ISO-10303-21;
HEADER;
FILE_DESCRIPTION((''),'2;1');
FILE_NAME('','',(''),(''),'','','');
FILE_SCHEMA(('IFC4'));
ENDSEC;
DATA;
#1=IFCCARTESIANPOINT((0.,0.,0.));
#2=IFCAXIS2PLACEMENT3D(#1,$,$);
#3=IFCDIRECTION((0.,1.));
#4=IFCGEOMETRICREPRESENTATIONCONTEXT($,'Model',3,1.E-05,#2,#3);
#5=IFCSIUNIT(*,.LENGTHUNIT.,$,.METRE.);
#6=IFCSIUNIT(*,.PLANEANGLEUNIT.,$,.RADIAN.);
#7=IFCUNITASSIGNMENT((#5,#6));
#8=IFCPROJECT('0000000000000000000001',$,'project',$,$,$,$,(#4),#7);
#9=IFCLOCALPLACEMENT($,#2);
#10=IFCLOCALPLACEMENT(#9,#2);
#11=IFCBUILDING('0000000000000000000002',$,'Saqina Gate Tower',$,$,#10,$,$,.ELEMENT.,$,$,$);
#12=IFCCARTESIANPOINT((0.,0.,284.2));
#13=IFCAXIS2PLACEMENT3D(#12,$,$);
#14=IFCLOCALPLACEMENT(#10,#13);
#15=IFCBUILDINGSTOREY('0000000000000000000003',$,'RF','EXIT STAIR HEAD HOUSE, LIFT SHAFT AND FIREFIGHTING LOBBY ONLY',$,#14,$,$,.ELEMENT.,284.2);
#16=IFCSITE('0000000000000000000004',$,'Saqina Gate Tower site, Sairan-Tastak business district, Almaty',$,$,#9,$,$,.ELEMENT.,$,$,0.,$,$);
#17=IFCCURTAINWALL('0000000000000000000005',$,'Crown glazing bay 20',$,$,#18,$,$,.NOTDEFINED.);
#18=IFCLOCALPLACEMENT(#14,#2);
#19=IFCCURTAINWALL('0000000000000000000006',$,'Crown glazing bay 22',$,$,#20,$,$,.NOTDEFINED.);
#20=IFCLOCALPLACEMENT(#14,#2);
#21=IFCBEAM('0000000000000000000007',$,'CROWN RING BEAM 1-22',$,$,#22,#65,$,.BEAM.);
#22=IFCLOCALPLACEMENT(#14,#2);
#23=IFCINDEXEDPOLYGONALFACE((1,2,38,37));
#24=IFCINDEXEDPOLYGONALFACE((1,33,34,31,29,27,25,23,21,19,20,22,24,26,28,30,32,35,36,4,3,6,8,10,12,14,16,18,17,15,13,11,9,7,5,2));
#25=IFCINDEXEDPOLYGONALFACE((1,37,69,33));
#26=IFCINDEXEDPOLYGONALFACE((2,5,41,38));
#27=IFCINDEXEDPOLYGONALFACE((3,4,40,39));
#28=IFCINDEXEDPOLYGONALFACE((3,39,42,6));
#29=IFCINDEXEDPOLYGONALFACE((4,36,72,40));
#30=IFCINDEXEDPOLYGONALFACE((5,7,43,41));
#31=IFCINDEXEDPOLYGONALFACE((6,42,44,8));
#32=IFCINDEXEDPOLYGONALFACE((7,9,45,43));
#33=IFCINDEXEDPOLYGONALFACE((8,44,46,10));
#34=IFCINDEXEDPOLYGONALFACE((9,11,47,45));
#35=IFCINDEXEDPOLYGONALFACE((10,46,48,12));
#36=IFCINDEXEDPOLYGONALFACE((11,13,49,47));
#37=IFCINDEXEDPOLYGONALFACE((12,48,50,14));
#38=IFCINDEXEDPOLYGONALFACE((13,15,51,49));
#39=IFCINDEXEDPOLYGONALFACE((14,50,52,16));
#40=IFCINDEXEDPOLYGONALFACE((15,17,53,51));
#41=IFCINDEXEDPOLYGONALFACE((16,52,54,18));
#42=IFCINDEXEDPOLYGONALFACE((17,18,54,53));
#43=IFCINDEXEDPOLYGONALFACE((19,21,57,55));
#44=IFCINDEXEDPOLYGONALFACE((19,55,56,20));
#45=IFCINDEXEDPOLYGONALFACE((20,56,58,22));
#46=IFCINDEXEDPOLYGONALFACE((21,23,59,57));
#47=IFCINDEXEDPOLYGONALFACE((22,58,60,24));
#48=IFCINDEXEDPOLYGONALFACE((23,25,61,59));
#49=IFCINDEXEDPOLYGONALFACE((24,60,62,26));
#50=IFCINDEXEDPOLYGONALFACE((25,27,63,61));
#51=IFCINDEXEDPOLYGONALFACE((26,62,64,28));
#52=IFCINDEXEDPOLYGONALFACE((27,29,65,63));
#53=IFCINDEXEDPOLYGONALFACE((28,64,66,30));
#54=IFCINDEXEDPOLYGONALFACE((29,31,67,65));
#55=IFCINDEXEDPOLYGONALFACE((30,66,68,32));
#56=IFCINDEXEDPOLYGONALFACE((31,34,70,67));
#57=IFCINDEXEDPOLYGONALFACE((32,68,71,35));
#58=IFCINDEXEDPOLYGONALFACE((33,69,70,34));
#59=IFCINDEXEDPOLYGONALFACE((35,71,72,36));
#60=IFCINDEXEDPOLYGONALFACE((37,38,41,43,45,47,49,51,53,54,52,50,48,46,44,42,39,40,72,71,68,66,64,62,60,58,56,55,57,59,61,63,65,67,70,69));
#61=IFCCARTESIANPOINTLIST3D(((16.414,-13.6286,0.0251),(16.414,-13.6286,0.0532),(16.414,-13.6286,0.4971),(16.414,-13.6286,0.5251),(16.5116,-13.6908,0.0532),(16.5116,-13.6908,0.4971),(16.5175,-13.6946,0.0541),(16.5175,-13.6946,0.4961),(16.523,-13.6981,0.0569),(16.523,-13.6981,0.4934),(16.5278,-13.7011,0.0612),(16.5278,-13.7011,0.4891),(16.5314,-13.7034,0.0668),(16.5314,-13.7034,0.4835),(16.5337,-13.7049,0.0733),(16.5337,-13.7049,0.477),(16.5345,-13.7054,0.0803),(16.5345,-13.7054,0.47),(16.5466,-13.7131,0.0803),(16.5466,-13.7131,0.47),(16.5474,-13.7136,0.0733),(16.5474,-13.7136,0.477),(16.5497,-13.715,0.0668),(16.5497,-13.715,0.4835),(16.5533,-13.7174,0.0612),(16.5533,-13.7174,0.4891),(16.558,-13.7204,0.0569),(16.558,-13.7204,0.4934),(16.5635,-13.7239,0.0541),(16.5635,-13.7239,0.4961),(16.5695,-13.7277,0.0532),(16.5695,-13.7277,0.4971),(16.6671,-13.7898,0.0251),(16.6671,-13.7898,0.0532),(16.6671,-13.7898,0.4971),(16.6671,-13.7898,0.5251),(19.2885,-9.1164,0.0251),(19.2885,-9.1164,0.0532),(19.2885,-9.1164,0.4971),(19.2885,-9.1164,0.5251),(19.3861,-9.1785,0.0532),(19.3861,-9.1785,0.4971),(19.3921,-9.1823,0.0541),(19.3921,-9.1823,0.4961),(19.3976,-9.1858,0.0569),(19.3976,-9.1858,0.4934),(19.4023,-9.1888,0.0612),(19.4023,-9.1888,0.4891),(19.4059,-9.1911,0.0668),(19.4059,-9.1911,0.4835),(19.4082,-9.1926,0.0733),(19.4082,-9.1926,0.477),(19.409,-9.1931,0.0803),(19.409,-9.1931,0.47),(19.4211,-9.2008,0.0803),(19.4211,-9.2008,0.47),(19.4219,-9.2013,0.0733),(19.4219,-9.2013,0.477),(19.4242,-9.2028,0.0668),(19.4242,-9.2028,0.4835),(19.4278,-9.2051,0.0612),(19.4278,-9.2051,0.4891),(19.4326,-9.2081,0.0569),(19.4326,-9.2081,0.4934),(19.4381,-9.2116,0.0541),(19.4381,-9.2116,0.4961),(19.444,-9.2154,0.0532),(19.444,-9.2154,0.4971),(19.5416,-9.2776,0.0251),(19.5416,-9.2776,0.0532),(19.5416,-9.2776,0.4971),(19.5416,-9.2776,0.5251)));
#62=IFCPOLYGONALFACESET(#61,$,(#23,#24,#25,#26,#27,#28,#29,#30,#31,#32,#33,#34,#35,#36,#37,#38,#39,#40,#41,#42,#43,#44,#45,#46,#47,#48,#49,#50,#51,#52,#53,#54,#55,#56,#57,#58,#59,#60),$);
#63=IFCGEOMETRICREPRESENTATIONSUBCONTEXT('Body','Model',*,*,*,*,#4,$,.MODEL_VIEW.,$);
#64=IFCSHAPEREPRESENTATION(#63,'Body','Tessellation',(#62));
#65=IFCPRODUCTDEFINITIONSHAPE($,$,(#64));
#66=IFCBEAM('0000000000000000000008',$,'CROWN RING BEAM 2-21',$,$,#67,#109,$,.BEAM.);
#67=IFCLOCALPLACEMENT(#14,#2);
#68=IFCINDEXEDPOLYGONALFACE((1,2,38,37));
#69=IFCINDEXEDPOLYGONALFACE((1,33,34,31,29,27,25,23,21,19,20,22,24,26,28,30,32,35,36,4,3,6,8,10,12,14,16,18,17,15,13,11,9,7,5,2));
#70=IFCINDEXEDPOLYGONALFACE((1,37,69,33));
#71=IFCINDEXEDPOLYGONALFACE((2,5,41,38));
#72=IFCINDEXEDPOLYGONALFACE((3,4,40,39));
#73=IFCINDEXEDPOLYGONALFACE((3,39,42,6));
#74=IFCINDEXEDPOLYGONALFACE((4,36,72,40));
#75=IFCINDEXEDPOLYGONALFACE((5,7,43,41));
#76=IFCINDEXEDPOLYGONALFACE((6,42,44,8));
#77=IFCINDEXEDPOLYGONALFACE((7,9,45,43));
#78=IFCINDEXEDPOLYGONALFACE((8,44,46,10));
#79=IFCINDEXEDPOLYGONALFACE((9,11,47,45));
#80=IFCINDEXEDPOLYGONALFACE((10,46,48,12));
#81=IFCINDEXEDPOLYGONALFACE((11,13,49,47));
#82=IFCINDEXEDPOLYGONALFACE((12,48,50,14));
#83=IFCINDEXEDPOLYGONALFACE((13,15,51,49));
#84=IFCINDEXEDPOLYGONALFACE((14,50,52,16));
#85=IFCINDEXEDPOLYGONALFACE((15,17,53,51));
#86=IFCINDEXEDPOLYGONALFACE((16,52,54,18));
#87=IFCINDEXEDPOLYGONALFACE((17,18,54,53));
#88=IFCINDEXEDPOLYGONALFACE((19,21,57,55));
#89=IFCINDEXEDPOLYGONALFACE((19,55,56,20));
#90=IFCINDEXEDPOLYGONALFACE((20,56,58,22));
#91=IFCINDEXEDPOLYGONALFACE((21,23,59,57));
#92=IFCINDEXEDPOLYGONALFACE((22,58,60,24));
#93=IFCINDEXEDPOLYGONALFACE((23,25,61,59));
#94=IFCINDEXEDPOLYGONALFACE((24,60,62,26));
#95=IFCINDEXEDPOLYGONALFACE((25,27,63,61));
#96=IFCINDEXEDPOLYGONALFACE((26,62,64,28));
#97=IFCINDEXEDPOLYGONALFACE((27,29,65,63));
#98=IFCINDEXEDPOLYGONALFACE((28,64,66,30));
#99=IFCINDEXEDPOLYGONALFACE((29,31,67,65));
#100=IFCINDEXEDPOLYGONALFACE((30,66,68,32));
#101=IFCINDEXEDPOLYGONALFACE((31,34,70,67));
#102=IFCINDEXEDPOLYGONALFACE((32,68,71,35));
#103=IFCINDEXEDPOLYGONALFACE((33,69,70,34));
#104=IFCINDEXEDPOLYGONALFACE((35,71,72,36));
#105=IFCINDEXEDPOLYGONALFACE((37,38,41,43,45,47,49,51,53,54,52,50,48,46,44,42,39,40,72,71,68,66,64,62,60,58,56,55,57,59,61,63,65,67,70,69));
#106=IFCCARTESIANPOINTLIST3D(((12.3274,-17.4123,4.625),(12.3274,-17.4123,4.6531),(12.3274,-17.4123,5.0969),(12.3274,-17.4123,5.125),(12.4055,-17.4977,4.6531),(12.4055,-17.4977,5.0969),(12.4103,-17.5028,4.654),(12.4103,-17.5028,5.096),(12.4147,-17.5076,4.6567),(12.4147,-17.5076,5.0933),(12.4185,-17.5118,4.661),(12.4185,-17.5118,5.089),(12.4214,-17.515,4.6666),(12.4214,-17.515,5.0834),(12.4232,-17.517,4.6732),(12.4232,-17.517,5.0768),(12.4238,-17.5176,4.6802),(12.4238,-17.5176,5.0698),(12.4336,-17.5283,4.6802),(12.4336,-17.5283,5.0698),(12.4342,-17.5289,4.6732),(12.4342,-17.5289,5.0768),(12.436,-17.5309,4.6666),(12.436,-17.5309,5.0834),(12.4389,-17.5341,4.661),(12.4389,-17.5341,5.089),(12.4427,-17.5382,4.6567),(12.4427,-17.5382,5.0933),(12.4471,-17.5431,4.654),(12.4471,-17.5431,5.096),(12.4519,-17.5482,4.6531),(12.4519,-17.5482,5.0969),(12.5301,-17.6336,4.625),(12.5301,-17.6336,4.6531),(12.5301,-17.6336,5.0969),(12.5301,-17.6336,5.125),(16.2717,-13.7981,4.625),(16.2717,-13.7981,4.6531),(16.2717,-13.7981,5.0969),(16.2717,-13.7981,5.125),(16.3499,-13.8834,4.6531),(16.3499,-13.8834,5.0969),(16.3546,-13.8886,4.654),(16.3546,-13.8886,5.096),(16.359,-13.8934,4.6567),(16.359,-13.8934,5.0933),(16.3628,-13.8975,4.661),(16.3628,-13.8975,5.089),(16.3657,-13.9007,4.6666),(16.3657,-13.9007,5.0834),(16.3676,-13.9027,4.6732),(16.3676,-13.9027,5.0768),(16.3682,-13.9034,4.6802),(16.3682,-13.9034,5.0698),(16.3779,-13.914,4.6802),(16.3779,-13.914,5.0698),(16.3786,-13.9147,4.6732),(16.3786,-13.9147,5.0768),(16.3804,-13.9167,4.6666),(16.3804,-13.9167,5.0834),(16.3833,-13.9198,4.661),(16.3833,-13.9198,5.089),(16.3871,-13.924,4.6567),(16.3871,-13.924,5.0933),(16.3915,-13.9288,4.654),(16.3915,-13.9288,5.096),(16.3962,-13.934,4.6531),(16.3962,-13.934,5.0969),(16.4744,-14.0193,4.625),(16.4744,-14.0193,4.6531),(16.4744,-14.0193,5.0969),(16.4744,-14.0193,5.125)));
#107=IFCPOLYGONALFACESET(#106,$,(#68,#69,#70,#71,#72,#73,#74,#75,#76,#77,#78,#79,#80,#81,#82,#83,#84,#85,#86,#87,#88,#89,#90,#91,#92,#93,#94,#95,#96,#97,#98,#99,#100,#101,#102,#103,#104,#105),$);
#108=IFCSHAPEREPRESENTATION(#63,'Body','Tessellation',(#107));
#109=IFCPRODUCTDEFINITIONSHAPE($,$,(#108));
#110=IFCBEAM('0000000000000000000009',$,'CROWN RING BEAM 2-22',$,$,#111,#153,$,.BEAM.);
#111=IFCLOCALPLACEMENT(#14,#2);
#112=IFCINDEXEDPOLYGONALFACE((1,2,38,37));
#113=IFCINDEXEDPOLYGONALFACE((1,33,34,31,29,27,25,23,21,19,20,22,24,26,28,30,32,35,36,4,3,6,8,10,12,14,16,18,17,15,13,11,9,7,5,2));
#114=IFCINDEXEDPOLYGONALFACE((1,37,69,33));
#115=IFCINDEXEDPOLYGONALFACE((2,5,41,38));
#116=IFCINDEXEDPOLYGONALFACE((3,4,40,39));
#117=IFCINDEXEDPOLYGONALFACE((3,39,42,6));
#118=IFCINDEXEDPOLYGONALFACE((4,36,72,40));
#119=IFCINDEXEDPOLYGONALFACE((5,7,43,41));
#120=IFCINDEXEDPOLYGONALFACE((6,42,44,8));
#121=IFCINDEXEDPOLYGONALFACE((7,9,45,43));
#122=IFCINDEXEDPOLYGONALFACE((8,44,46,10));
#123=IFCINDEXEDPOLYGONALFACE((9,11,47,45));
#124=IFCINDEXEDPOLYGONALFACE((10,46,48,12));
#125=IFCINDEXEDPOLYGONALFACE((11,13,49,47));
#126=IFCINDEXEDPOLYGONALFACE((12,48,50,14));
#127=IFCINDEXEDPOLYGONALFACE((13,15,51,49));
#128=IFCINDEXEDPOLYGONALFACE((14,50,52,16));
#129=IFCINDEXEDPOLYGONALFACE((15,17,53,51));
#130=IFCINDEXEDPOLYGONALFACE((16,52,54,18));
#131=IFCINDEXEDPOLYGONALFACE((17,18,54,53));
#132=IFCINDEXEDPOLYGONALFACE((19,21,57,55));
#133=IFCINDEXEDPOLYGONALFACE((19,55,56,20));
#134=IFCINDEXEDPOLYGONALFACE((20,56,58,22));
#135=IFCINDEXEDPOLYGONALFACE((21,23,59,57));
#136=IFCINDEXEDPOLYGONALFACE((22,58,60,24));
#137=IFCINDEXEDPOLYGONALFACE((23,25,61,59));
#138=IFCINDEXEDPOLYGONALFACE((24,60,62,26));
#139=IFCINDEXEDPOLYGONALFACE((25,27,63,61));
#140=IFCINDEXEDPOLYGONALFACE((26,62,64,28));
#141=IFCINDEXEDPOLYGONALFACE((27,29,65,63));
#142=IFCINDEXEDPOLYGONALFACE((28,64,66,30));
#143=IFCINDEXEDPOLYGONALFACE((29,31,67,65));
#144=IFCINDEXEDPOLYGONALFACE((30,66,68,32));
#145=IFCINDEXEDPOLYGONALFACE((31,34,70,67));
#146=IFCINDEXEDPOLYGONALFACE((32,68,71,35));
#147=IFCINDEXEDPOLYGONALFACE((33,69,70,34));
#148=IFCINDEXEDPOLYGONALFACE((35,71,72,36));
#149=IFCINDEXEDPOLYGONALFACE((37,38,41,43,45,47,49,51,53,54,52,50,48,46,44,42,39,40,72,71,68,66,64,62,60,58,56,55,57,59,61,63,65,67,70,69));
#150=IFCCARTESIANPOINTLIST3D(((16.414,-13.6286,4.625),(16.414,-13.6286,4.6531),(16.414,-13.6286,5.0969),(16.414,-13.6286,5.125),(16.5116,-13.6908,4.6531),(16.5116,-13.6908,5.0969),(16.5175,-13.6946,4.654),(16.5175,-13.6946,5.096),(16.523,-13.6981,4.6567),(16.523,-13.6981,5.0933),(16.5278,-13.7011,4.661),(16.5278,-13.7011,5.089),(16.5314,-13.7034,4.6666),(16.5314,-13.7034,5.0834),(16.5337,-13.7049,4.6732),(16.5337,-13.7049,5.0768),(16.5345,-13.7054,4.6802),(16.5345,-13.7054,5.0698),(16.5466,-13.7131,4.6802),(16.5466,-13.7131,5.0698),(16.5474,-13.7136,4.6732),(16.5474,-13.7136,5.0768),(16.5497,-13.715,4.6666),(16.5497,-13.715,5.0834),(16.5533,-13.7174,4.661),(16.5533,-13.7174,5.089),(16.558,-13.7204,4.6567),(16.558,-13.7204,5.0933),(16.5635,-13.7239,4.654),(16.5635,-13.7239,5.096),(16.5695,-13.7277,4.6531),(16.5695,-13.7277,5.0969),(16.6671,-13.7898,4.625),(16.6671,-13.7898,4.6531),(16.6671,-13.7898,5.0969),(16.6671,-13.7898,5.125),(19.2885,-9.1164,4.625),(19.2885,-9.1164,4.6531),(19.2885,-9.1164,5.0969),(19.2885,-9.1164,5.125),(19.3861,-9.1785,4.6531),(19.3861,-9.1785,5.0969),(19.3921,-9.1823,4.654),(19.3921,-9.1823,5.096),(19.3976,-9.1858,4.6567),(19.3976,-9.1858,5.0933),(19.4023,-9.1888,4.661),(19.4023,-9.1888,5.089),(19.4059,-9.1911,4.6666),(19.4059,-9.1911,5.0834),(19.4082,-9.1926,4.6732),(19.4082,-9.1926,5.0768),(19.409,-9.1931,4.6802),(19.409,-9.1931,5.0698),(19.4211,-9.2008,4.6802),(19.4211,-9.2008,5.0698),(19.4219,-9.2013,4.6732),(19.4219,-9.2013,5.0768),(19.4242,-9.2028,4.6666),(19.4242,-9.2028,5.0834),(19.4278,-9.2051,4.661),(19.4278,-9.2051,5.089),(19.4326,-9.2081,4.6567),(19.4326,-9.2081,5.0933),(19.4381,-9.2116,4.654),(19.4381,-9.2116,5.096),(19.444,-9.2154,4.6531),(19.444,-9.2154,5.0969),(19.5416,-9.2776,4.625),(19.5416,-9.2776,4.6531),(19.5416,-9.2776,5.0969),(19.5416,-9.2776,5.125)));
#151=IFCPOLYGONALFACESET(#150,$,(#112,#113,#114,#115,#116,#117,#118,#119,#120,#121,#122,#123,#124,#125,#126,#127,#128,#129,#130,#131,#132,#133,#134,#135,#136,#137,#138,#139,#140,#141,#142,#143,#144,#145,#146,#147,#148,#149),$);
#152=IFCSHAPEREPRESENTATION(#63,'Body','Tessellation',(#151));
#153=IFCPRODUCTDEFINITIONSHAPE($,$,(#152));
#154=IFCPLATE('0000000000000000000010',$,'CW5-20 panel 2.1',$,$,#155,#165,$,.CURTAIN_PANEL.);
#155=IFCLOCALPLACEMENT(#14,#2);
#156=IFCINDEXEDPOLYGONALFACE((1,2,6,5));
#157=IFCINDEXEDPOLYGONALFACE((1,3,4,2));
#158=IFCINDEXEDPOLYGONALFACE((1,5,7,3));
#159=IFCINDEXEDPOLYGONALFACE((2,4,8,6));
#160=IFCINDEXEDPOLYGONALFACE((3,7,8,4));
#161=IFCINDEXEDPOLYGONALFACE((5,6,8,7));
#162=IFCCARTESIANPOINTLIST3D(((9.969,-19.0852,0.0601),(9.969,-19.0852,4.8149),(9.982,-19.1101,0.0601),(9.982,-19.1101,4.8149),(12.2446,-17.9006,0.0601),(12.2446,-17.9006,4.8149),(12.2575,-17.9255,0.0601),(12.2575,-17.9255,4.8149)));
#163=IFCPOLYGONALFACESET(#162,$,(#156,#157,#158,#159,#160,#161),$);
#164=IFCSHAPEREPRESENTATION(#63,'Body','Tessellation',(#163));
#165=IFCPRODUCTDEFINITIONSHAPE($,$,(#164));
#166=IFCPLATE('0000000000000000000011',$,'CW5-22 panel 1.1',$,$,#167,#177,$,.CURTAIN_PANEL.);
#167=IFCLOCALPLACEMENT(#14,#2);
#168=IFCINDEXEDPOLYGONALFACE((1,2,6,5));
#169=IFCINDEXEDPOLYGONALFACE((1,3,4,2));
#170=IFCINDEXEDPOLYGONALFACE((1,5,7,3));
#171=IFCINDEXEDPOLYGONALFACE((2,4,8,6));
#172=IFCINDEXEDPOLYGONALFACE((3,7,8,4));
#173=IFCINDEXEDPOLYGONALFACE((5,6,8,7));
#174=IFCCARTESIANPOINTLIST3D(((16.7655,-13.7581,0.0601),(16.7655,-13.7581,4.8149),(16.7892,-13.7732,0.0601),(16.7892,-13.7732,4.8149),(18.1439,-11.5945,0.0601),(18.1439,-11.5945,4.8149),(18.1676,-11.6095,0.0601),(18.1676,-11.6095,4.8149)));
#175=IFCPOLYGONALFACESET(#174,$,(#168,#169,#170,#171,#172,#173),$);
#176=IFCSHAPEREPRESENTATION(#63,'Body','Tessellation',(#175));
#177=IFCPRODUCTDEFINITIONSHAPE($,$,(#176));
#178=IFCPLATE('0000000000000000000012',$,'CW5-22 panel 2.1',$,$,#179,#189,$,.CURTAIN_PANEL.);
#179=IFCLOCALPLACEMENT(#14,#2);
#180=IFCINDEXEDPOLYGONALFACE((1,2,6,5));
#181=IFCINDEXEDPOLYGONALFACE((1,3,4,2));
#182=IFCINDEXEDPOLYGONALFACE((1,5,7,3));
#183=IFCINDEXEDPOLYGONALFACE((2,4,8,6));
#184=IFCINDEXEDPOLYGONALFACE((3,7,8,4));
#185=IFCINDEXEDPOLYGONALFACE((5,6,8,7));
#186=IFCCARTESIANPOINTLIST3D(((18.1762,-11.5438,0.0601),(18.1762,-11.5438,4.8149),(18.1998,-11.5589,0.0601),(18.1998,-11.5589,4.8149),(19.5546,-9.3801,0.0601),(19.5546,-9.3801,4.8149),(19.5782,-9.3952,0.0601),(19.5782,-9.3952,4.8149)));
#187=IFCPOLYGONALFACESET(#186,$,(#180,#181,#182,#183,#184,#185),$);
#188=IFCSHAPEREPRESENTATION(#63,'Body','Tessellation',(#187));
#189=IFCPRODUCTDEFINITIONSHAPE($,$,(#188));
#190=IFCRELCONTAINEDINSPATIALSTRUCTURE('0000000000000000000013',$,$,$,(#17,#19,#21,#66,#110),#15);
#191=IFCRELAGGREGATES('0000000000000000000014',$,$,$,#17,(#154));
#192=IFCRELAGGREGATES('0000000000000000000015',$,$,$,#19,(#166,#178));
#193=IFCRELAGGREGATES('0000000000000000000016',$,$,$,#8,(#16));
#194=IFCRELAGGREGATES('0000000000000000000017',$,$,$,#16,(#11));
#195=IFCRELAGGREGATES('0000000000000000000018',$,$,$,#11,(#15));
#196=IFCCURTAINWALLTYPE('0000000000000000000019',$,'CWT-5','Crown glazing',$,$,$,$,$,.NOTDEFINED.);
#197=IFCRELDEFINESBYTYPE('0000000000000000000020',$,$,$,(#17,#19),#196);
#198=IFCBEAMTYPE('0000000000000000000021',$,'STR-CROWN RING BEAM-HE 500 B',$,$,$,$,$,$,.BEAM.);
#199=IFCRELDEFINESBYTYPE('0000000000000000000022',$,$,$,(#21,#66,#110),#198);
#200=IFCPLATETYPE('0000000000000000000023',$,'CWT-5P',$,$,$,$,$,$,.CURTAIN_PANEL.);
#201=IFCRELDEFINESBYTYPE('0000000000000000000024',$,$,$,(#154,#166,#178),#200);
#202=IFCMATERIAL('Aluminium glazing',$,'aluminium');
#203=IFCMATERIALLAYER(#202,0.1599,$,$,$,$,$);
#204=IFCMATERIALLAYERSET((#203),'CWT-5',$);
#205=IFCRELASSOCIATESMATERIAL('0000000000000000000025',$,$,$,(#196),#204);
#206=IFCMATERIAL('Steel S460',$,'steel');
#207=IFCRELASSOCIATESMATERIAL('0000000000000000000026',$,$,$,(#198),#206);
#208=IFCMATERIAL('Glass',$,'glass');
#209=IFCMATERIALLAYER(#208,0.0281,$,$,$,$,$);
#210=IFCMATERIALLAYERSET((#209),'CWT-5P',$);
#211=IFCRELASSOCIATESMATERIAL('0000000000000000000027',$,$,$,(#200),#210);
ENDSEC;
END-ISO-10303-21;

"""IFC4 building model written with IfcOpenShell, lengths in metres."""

from ifc_helpers import new_model, si_unit, direction, frame, origin, origin_2d, place, context, subcontext, project, spatial, rectangle, i_section, extrude, material, layer, layer_set, material_profile, profile_set, type_object, element, aggregate, save


model = new_model("IFC4")

# Units and contexts
model_context = context("Model", 3, precision=1e-05, world=origin(), true_north=direction((0.0, 1.0)))
body_context = subcontext(model_context, "Body", "Model", "MODEL_VIEW")
ifc_project = project(units=[si_unit("LENGTHUNIT", "METRE"), si_unit("PLANEANGLEUNIT", "RADIAN")], contexts=[model_context])

# Site, building, storey
site_placement = place(None, origin())
site = spatial("IfcSite", under=ifc_project, at=site_placement, Name="Saqina Gate Tower site, Sairan-Tastak business district, Almaty", CompositionType="ELEMENT", RefElevation=0.0)
building_placement = place(site_placement, origin())
building = spatial("IfcBuilding", under=site, at=building_placement, Name="Saqina Gate Tower", CompositionType="ELEMENT")
storey_placement = place(building_placement, frame((0.0, 0.0, 284.2)))
storey = spatial("IfcBuildingStorey", under=building, at=storey_placement, Name="RF", Description="EXIT STAIR HEAD HOUSE, LIFT SHAFT AND FIREFIGHTING LOBBY ONLY", CompositionType="ELEMENT", Elevation=284.2)

# Curtain walls
ifc_material_1 = material(Name="Aluminium glazing", Category="aluminium")
ifc_layer_1 = layer(ifc_material_1, 0.1599)
ifc_layer_set_1 = layer_set([ifc_layer_1], Name="CWT-5")
curtain_wall_type = type_object("IfcCurtainWallType", Name="CWT-5", Description="Crown glazing", PredefinedType="NOTDEFINED", material=ifc_layer_set_1)
curtain_wall_1_placement = place(storey_placement, origin())
curtain_wall_1 = element("IfcCurtainWall", 1, at=curtain_wall_1_placement, inside=storey, type_object=curtain_wall_type, Name="Crown glazing bay 20", PredefinedType="NOTDEFINED")
curtain_wall_2_placement = place(storey_placement, origin())
curtain_wall_2 = element("IfcCurtainWall", 2, at=curtain_wall_2_placement, inside=storey, type_object=curtain_wall_type, Name="Crown glazing bay 22", PredefinedType="NOTDEFINED")

# Beams
ifc_material_2 = material(Name="Steel S460", Category="steel")
ifc_material_profile_1 = material_profile(ifc_material_2, i_section(OverallWidth=0.3, OverallDepth=0.5, WebThickness=0.0144, FlangeThickness=0.0281, FilletRadius=0.0271, at=origin_2d()), Name="HE 500 B")
ifc_profile_set_1 = profile_set([ifc_material_profile_1], Name="Steel S460")
beam_type = type_object("IfcBeamType", Name="STR-CROWN RING BEAM-HE 500 B", PredefinedType="BEAM", material=ifc_profile_set_1)
beam_1_placement = place(storey_placement, frame((16.5405, -13.7092, 0.2751), z_axis=(0.537289, 0.843398, 0.0), x_axis=(-0.843398, 0.537289, 0.0)))
element("IfcBeam", 3, at=beam_1_placement, inside=storey, type_object=beam_type, Name="CROWN RING BEAM 1-22", PredefinedType="BEAM", context=body_context, shape_type="SweptSolid", body=[
    extrude(i_section(OverallWidth=0.3, OverallDepth=0.5, WebThickness=0.0144, FlangeThickness=0.0281, FilletRadius=0.0271, at=origin_2d()), origin(), (0.0, 0.0, 1.0), 5.3501),
])
beam_2_placement = place(storey_placement, frame((12.4287, -17.5229, 4.875), z_axis=(0.737283, 0.675584, 0.0), x_axis=(-0.675584, 0.737283, 0.0)))
element("IfcBeam", 4, at=beam_2_placement, inside=storey, type_object=beam_type, Name="CROWN RING BEAM 2-21", PredefinedType="BEAM", context=body_context, shape_type="SweptSolid", body=[
    extrude(i_section(OverallWidth=0.3, OverallDepth=0.5, WebThickness=0.0144, FlangeThickness=0.0281, FilletRadius=0.0271, at=origin_2d()), origin(), (0.0, 0.0, 1.0), 5.3499),
])
beam_3_placement = place(storey_placement, frame((16.5405, -13.7092, 4.875), z_axis=(0.537289, 0.843398, 0.0), x_axis=(-0.843398, 0.537289, 0.0)))
element("IfcBeam", 5, at=beam_3_placement, inside=storey, type_object=beam_type, Name="CROWN RING BEAM 2-22", PredefinedType="BEAM", context=body_context, shape_type="SweptSolid", body=[
    extrude(i_section(OverallWidth=0.3, OverallDepth=0.5, WebThickness=0.0144, FlangeThickness=0.0281, FilletRadius=0.0271, at=origin_2d()), origin(), (0.0, 0.0, 1.0), 5.3501),
])

# Plates
ifc_material_3 = material(Name="Glass", Category="glass")
ifc_layer_2 = layer(ifc_material_3, 0.0281)
ifc_layer_set_2 = layer_set([ifc_layer_2], Name="CWT-5P")
plate_type = type_object("IfcPlateType", Name="CWT-5P", PredefinedType="CURTAIN_PANEL", material=ifc_layer_set_2)
plate_1_placement = place(storey_placement, frame((11.1133, -18.5054, 0.0601), z_axis=(0.0, 0.0, 1.0), x_axis=(0.88701, 0.461751, 0.0)))
plate_1 = element("IfcPlate", 6, at=plate_1_placement, type_object=plate_type, Name="CW5-20 panel 2.1", PredefinedType="CURTAIN_PANEL", context=body_context, shape_type="SweptSolid", body=[
    extrude(rectangle(XDim=2.5654, YDim=0.0281, at=origin_2d()), origin(), (0.0, 0.0, 1.0), 4.7549),
])
aggregate(curtain_wall_1, [plate_1])
plate_2_placement = place(storey_placement, frame((17.4666, -12.6838, 0.0601), z_axis=(0.0, 0.0, 1.0), x_axis=(0.537295, 0.843395, 0.0)))
plate_2 = element("IfcPlate", 7, at=plate_2_placement, type_object=plate_type, Name="CW5-22 panel 1.1", PredefinedType="CURTAIN_PANEL", context=body_context, shape_type="SweptSolid", body=[
    extrude(rectangle(XDim=2.5654, YDim=0.0281, at=origin_2d()), origin(), (0.0, 0.0, 1.0), 4.7549),
])
plate_3_placement = place(storey_placement, frame((18.8772, -10.4695, 0.0601), z_axis=(0.0, 0.0, 1.0), x_axis=(0.537295, 0.843395, 0.0)))
plate_3 = element("IfcPlate", 8, at=plate_3_placement, type_object=plate_type, Name="CW5-22 panel 2.1", PredefinedType="CURTAIN_PANEL", context=body_context, shape_type="SweptSolid", body=[
    extrude(rectangle(XDim=2.5654, YDim=0.0281, at=origin_2d()), origin(), (0.0, 0.0, 1.0), 4.7549),
])
aggregate(curtain_wall_2, [plate_2, plate_3])

save(model, "model.ifc")
